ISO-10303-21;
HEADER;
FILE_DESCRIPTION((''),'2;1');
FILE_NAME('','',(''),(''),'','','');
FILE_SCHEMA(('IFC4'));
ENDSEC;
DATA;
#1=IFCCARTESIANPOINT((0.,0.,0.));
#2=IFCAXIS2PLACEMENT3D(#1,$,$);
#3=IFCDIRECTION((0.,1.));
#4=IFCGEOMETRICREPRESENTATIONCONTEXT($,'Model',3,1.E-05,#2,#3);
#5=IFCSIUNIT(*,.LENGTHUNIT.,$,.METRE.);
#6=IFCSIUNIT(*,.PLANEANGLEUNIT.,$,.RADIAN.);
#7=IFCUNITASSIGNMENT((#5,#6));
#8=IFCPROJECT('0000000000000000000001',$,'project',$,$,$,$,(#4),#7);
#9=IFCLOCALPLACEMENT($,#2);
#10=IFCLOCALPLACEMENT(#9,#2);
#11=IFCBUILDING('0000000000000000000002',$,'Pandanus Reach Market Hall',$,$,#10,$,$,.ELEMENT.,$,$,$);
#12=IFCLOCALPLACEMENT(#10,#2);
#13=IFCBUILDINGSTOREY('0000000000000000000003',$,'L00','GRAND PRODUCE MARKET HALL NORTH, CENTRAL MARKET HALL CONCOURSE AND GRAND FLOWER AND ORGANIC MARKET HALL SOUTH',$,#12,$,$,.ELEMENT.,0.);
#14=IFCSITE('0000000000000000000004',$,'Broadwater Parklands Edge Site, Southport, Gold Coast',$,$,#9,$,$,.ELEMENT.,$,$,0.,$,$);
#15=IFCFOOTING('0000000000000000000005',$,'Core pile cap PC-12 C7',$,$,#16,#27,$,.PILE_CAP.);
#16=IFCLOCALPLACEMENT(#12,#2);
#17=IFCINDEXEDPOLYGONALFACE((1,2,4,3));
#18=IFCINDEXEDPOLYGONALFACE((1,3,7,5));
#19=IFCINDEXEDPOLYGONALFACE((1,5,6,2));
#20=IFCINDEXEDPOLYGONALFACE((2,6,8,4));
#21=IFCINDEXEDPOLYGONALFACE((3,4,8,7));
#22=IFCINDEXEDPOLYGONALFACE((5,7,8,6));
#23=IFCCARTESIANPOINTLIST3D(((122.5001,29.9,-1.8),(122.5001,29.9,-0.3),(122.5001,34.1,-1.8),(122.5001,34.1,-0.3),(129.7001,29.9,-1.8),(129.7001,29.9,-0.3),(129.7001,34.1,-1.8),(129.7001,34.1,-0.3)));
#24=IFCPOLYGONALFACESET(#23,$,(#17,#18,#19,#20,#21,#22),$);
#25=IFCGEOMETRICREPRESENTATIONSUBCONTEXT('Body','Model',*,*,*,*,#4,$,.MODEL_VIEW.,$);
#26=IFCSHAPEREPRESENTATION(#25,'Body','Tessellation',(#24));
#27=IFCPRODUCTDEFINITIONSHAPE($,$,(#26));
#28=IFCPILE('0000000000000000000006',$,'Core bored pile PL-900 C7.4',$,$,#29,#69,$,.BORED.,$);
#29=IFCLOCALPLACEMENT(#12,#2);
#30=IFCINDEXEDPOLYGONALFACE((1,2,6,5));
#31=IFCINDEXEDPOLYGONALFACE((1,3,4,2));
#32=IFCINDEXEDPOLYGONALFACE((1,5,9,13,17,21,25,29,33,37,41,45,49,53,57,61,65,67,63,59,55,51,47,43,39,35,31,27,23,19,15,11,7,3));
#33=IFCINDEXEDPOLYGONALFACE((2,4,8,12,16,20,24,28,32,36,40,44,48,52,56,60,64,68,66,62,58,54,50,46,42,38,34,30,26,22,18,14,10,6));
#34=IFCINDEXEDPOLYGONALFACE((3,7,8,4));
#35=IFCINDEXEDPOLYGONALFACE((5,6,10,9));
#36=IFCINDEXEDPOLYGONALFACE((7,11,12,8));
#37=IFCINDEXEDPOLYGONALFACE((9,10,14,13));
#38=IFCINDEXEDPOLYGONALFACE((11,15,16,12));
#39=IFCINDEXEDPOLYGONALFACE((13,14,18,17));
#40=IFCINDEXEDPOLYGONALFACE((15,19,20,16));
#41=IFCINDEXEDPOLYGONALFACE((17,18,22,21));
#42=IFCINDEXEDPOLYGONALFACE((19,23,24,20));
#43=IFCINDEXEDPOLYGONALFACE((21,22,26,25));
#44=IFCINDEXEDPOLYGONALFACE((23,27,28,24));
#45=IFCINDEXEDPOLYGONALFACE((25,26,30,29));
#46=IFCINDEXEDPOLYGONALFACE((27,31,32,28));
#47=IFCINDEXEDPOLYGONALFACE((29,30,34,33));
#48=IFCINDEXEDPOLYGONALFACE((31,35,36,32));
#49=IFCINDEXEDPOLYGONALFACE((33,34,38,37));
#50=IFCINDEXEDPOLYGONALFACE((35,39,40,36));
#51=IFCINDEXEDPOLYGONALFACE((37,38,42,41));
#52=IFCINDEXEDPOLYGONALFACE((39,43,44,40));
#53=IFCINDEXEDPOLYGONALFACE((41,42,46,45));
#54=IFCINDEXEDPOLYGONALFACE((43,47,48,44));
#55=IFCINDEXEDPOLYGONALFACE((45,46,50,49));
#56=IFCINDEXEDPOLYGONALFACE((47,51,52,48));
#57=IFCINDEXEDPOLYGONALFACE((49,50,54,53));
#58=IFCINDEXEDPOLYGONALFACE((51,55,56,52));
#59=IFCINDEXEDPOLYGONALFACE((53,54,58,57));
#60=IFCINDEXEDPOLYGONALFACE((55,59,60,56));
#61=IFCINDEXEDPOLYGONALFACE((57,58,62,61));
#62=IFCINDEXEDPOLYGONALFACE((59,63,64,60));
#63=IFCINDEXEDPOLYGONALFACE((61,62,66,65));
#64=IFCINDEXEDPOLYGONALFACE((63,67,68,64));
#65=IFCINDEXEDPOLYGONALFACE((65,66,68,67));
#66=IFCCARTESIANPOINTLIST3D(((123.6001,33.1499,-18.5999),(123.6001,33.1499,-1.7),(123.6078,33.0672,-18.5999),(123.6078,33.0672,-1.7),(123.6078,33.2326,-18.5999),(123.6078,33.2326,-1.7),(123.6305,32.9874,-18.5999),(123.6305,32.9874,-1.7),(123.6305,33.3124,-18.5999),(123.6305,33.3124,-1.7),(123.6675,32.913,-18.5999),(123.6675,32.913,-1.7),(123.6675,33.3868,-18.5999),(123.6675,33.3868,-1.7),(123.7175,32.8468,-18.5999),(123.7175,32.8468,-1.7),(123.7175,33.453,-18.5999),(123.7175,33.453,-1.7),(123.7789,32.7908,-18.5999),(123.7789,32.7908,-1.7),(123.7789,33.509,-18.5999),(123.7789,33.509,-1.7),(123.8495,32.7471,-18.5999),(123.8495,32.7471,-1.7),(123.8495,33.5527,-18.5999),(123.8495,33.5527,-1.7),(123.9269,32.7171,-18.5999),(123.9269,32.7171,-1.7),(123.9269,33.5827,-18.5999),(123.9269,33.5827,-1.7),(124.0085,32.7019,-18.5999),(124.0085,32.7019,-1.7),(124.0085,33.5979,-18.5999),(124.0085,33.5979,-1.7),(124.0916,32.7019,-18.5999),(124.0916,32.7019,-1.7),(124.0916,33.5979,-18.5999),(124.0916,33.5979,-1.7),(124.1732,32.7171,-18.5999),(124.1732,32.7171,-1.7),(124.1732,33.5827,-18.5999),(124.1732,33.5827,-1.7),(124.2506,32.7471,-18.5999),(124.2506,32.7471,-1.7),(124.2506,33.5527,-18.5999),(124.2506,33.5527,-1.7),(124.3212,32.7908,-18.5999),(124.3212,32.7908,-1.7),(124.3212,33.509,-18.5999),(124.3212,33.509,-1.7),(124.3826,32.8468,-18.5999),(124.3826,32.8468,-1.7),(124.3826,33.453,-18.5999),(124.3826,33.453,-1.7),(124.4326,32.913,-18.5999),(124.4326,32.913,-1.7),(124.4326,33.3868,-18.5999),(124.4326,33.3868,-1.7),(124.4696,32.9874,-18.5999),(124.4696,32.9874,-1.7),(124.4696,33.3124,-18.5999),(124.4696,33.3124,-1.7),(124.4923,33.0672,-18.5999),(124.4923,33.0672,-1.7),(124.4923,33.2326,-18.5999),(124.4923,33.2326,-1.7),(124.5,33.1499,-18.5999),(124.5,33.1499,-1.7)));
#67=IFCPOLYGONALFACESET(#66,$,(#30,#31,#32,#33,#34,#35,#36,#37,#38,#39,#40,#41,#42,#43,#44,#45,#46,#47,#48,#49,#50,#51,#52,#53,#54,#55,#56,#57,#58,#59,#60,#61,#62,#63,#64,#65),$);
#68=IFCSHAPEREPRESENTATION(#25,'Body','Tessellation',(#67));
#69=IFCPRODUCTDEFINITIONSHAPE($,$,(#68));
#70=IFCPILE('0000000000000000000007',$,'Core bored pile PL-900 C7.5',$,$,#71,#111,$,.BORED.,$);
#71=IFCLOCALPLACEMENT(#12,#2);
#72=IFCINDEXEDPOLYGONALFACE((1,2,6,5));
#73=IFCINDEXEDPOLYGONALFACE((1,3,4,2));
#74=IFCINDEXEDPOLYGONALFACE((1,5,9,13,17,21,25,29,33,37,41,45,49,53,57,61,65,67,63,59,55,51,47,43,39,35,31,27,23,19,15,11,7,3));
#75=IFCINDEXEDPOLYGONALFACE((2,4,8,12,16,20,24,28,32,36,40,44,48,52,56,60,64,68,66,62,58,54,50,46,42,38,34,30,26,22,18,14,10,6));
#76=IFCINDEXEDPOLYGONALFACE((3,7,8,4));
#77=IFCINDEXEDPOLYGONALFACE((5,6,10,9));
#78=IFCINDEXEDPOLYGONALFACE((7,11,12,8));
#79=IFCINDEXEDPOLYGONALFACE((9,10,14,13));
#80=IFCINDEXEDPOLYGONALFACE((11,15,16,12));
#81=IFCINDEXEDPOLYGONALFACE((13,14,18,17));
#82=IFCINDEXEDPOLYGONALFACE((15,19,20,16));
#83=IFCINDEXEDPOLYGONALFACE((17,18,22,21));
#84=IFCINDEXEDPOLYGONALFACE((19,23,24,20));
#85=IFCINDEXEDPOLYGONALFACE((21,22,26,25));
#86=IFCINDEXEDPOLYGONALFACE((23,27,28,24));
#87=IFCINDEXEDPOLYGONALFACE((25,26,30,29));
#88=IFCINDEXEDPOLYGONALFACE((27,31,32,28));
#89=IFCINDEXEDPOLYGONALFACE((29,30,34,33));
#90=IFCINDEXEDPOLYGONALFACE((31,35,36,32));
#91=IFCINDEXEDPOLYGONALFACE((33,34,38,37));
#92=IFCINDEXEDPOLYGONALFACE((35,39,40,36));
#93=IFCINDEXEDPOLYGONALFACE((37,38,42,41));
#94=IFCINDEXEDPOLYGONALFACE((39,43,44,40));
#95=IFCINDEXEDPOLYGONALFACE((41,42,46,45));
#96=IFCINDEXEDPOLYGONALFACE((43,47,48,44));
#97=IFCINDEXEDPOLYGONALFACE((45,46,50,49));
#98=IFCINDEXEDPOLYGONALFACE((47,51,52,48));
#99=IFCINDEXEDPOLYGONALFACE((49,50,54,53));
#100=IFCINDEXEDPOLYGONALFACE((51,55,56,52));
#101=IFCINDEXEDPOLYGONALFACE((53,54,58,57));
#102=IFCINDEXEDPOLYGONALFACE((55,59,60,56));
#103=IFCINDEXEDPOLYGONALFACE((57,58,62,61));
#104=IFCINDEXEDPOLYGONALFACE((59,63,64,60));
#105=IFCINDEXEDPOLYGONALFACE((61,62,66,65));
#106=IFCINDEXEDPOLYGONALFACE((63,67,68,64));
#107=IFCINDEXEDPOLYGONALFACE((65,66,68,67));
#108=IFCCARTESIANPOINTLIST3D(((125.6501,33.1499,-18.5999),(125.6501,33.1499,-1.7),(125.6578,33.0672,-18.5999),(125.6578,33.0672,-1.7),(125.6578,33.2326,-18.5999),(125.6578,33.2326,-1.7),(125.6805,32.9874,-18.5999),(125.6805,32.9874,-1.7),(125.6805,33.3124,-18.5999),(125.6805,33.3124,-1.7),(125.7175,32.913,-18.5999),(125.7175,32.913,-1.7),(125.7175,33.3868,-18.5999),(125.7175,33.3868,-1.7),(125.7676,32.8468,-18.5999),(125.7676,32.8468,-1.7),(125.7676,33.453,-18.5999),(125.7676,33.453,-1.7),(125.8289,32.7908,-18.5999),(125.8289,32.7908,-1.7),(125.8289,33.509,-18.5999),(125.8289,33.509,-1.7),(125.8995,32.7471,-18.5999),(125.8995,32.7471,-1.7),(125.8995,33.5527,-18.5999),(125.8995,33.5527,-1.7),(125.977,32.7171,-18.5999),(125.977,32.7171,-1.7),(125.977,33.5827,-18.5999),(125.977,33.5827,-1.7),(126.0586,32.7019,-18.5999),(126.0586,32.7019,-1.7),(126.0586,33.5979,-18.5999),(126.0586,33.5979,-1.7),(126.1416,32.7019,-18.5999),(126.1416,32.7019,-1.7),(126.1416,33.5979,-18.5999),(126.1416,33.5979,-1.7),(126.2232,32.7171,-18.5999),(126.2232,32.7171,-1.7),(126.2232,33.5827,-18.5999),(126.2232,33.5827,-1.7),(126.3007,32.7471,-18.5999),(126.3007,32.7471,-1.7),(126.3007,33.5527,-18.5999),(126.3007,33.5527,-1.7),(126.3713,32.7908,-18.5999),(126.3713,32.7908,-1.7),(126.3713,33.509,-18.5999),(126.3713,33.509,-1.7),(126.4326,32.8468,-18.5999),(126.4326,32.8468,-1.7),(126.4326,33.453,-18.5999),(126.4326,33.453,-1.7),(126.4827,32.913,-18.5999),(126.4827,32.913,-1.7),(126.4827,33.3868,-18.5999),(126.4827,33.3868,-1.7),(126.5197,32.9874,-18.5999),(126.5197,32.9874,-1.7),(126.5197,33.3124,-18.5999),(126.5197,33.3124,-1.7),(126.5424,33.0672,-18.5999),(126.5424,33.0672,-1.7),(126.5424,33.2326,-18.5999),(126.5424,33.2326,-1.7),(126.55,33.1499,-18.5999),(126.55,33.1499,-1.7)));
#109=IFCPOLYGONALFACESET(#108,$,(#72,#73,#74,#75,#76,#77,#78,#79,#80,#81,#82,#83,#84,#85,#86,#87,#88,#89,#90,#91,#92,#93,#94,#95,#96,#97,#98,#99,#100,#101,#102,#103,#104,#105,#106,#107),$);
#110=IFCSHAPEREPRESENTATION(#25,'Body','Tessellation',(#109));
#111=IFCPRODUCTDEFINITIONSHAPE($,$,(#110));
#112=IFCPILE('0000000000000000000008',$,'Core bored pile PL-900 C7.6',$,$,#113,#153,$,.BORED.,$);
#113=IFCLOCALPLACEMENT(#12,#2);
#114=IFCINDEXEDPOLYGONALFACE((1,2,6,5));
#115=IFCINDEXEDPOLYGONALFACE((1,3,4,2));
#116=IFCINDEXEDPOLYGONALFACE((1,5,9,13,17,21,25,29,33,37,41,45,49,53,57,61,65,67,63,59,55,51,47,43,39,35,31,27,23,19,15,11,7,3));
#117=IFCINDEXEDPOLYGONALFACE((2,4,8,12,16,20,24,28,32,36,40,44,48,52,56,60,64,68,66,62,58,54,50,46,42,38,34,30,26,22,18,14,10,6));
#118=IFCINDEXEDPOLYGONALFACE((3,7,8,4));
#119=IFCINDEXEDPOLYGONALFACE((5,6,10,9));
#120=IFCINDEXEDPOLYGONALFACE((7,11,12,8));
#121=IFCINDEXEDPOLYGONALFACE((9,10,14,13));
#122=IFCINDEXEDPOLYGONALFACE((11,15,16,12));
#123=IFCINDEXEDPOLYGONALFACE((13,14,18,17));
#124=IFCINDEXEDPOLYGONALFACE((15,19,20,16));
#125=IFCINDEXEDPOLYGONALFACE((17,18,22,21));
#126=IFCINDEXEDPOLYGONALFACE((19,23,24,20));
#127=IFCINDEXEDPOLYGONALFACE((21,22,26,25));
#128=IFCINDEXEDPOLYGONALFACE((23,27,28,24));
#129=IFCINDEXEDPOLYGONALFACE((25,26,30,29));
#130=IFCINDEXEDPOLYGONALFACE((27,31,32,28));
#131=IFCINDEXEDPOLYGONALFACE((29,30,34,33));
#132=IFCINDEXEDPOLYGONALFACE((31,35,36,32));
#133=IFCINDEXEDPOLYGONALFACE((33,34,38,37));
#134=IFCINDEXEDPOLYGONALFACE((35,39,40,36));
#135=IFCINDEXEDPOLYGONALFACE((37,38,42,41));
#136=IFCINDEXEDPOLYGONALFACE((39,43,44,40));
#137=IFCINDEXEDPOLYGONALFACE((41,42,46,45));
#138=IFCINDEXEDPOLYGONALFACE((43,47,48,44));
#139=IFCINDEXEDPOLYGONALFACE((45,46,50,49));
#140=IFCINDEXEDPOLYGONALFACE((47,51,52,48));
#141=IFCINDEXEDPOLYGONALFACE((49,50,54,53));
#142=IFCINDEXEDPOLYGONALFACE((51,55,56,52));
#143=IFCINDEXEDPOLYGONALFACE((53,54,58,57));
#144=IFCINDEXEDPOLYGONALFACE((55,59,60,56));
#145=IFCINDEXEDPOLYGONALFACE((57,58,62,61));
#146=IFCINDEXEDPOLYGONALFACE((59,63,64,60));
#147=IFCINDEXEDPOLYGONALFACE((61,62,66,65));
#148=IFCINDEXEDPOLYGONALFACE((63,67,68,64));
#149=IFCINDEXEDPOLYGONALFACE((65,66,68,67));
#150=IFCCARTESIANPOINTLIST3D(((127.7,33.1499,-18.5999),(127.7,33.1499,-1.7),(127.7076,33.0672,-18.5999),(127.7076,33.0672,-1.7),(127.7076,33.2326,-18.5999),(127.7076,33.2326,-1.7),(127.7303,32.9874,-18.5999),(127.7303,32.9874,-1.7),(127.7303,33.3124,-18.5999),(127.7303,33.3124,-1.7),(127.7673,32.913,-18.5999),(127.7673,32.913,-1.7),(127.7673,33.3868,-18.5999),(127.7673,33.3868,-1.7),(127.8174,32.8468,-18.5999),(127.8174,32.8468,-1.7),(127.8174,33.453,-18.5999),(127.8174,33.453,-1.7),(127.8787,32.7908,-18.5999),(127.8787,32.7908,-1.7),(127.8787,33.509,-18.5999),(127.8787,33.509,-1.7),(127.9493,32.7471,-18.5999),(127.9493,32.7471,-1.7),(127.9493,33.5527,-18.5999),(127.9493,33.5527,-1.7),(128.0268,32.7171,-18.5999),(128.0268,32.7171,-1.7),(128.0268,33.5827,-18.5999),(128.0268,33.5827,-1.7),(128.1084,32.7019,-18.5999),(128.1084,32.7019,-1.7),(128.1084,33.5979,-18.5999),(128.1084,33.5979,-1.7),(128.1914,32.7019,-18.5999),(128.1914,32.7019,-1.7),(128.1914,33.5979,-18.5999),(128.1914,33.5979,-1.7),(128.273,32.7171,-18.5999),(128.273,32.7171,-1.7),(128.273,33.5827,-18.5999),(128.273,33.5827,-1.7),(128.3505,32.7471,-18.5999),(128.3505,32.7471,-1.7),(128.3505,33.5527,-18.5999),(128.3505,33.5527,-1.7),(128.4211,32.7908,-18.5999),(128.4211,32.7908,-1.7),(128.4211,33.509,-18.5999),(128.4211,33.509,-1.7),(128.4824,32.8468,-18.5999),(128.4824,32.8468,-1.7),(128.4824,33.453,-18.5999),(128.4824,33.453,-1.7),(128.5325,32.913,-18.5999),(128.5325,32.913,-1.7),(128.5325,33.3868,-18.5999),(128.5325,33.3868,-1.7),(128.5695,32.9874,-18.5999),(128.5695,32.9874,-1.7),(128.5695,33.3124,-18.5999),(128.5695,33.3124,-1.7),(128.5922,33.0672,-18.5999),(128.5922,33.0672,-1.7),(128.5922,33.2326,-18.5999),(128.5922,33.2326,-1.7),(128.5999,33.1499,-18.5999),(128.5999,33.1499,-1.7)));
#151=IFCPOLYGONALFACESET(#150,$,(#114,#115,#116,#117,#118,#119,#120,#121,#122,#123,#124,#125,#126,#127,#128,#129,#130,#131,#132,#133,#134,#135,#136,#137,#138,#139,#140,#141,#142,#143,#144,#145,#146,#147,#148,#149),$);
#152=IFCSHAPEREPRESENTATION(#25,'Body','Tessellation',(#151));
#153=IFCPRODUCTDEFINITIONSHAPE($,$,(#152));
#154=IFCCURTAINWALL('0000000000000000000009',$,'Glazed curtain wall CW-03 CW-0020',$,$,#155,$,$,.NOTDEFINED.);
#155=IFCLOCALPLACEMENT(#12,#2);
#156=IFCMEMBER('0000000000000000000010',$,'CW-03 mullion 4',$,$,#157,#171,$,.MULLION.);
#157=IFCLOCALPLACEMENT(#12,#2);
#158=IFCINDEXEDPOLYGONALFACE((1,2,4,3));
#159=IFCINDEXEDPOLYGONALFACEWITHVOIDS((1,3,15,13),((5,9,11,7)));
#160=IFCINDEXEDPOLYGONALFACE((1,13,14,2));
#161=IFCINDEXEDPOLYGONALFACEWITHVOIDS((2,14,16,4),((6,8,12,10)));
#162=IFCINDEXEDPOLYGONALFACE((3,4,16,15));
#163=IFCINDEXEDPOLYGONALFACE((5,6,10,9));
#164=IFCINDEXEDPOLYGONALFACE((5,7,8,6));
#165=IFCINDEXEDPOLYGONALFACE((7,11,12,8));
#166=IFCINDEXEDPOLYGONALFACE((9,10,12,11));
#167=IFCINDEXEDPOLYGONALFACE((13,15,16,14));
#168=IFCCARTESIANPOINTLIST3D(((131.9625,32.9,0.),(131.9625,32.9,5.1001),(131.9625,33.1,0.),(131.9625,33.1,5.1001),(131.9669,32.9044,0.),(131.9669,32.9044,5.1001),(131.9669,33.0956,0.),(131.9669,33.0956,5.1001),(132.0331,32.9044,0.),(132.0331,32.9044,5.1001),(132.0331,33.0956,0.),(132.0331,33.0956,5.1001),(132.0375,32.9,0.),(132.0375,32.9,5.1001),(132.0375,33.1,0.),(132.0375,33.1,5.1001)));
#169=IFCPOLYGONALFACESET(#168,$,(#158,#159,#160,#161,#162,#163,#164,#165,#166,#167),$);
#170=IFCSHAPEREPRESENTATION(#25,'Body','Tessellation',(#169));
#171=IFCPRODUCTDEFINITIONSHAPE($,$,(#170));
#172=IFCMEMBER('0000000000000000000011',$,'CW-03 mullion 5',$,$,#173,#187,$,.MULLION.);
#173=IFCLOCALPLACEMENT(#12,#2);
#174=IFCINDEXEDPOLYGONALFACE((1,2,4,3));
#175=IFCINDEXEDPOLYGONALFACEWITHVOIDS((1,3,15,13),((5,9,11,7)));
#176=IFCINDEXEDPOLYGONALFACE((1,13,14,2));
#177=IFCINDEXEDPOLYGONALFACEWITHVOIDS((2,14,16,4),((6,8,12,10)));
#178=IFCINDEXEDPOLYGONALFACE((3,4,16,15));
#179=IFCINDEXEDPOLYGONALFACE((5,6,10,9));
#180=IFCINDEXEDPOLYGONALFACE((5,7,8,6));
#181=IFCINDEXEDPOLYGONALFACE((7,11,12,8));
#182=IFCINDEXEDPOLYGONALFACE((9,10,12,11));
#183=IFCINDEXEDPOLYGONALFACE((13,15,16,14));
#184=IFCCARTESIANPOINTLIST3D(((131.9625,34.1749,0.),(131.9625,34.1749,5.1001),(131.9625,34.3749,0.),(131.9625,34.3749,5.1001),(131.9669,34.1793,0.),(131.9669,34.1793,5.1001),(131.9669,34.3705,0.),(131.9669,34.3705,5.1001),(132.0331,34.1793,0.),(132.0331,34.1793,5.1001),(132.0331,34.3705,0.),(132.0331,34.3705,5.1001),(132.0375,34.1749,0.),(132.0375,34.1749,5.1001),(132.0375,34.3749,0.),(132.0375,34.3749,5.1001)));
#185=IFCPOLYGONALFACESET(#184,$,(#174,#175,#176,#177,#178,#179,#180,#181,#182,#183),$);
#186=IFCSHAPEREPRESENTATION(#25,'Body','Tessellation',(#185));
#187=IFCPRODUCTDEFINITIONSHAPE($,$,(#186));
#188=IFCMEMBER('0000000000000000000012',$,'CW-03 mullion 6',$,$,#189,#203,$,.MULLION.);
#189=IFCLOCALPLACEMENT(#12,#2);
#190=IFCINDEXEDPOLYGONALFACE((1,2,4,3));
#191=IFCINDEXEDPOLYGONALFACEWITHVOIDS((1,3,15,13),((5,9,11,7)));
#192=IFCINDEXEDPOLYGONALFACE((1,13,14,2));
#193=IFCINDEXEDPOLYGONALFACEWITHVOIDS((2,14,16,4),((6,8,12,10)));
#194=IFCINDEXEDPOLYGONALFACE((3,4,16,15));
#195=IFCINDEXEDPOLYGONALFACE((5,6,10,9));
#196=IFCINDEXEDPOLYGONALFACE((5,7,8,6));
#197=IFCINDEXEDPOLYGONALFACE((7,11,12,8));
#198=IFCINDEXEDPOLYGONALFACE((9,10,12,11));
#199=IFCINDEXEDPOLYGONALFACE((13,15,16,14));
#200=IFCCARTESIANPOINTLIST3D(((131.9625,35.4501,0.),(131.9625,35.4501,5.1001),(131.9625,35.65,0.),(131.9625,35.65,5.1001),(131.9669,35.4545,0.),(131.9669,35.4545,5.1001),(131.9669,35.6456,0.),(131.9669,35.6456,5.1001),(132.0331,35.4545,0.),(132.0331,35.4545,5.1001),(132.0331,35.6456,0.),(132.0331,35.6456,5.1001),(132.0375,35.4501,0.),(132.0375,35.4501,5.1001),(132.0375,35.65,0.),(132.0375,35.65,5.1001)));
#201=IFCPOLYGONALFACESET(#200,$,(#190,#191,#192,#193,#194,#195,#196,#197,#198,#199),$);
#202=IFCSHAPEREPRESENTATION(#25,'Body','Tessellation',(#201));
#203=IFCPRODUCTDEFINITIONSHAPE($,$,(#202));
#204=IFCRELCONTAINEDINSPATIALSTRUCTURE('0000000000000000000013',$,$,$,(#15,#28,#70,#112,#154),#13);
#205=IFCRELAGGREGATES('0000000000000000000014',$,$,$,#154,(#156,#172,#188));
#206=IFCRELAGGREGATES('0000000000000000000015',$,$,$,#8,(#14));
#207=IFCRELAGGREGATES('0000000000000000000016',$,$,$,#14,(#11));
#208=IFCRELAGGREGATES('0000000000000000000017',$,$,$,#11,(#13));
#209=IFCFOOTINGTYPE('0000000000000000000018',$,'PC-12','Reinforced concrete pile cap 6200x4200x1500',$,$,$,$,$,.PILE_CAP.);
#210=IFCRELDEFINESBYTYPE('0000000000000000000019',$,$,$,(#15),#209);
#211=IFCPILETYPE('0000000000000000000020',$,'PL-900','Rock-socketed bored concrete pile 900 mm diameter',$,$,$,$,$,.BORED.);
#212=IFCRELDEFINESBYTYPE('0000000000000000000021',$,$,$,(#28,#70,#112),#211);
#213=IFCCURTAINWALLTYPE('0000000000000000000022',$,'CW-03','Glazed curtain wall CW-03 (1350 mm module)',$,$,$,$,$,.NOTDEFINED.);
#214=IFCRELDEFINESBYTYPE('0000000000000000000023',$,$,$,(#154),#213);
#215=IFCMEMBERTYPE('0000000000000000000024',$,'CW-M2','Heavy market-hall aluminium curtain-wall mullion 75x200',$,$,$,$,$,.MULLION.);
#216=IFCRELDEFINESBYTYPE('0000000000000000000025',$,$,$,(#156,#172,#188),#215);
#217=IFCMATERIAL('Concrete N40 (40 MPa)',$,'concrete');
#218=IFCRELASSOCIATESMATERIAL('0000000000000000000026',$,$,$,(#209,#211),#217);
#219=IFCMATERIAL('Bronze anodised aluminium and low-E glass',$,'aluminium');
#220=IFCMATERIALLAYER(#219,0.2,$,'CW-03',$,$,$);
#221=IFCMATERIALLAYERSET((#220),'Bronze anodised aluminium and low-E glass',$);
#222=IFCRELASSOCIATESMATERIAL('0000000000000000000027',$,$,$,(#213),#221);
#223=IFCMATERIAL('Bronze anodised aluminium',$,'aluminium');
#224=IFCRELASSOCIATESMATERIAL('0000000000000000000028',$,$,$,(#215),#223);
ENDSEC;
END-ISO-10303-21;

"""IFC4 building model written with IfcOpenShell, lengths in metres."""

from ifc_helpers import new_model, si_unit, direction, frame, origin, origin_2d, place, context, subcontext, project, spatial, rectangle, hollow_rectangle, circle, extrude, material, layer, layer_set, material_profile, profile_set, type_object, element, aggregate, save


model = new_model("IFC4")

# Units and contexts
model_context = context("Model", 3, precision=1e-05, world=origin(), true_north=direction((0.0, 1.0)))
body_context = subcontext(model_context, "Body", "Model", "MODEL_VIEW")
ifc_project = project(units=[si_unit("LENGTHUNIT", "METRE"), si_unit("PLANEANGLEUNIT", "RADIAN")], contexts=[model_context])

# Site, building, storey
site_placement = place(None, origin())
site = spatial("IfcSite", under=ifc_project, at=site_placement, Name="Broadwater Parklands Edge Site, Southport, Gold Coast", CompositionType="ELEMENT", RefElevation=0.0)
building_placement = place(site_placement, origin())
building = spatial("IfcBuilding", under=site, at=building_placement, Name="Pandanus Reach Market Hall", CompositionType="ELEMENT")
storey_placement = place(building_placement, origin())
storey = spatial("IfcBuildingStorey", under=building, at=storey_placement, Name="L00", Description="GRAND PRODUCE MARKET HALL NORTH, CENTRAL MARKET HALL CONCOURSE AND GRAND FLOWER AND ORGANIC MARKET HALL SOUTH", CompositionType="ELEMENT", Elevation=0.0)

# Footing
ifc_material_1 = material(Name="Concrete N40 (40 MPa)", Category="concrete")
footing_type = type_object("IfcFootingType", Name="PC-12", Description="Reinforced concrete pile cap 6200x4200x1500", PredefinedType="PILE_CAP", material=ifc_material_1)
footing_placement = place(storey_placement, frame((126.1001, 32.0, -1.8), z_axis=(0.0, 0.0, 1.0), x_axis=(1.0, 0.0, 0.0)))
element("IfcFooting", 1, at=footing_placement, inside=storey, type_object=footing_type, Name="Core pile cap PC-12 C7", PredefinedType="PILE_CAP", context=body_context, shape_type="SweptSolid", body=[
    extrude(rectangle(XDim=7.2, YDim=4.2, at=origin_2d()), origin(), (0.0, 0.0, 1.0), 1.5),
])

# Piles
ifc_material_profile_1 = material_profile(ifc_material_1, circle(Radius=0.45, at=origin_2d()), Name="PILE-900D", Category="LoadBearing")
ifc_profile_set_1 = profile_set([ifc_material_profile_1], Name="Concrete N40 (40 MPa)")
pile_type = type_object("IfcPileType", Name="PL-900", Description="Rock-socketed bored concrete pile 900 mm diameter", PredefinedType="BORED", material=ifc_profile_set_1)
for number, where, z_axis, x_axis, name in (
    (2, (124.05, 33.1499, -1.7), (0.0, 0.0, -1.0), (1.0, 0.0, 0.0), "Core bored pile PL-900 C7.4"),
    (3, (126.1001, 33.1499, -1.7), (0.0, 0.0, -1.0), (1.0, 0.0, 0.0), "Core bored pile PL-900 C7.5"),
    (4, (128.1499, 33.1499, -1.7), (0.0, 0.0, -1.0), (1.0, 0.0, 0.0), "Core bored pile PL-900 C7.6"),
):
    element("IfcPile", number, at=place(storey_placement, frame(where, z_axis=z_axis, x_axis=x_axis)), inside=storey, type_object=pile_type, Name=name, PredefinedType="BORED", context=body_context, shape_type="SweptSolid", body=[
        extrude(circle(Radius=0.45, at=origin_2d()), origin(), (0.0, 0.0, 1.0), 16.8999),
    ])

# Curtain wall, members
ifc_material_2 = material(Name="Bronze anodised aluminium and low-E glass", Category="aluminium")
ifc_layer_1 = layer(ifc_material_2, 0.2, Name="CW-03")
ifc_layer_set_1 = layer_set([ifc_layer_1], Name="Bronze anodised aluminium and low-E glass")
curtain_wall_type = type_object("IfcCurtainWallType", Name="CW-03", Description="Glazed curtain wall CW-03 (1350 mm module)", PredefinedType="NOTDEFINED", material=ifc_layer_set_1)
curtain_wall_placement = place(storey_placement, origin())
curtain_wall = element("IfcCurtainWall", 5, at=curtain_wall_placement, inside=storey, type_object=curtain_wall_type, Name="Glazed curtain wall CW-03 CW-0020", PredefinedType="NOTDEFINED")
ifc_material_3 = material(Name="Bronze anodised aluminium", Category="aluminium")
ifc_material_profile_2 = material_profile(ifc_material_3, hollow_rectangle(XDim=0.075, YDim=0.2, WallThickness=0.0044, at=origin_2d()), Name="ALU75x200", Category="LoadBearing")
ifc_profile_set_2 = profile_set([ifc_material_profile_2], Name="Bronze anodised aluminium")
member_type_1 = type_object("IfcMemberType", Name="CW-M2", Description="Heavy market-hall aluminium curtain-wall mullion 75x200", PredefinedType="MULLION", material=ifc_profile_set_2)
member_1_placement = place(storey_placement, frame((132.0, 33.0, 0.0), z_axis=(0.0, 0.0, 1.0), x_axis=(-1.0, 0.0, 0.0)))
member_1 = element("IfcMember", 6, at=member_1_placement, type_object=member_type_1, Name="CW-03 mullion 4", PredefinedType="MULLION", context=body_context, shape_type="SweptSolid", body=[
    extrude(hollow_rectangle(XDim=0.075, YDim=0.2, WallThickness=0.0044, at=origin_2d()), origin(), (0.0, 0.0, 1.0), 5.1001),
])
member_2_placement = place(storey_placement, frame((132.0, 34.2749, 0.0), z_axis=(0.0, 0.0, 1.0), x_axis=(-1.0, 0.0, 0.0)))
member_2 = element("IfcMember", 7, at=member_2_placement, type_object=member_type_1, Name="CW-03 mullion 5", PredefinedType="MULLION", context=body_context, shape_type="SweptSolid", body=[
    extrude(hollow_rectangle(XDim=0.075, YDim=0.2, WallThickness=0.0044, at=origin_2d()), origin(), (0.0, 0.0, 1.0), 5.1001),
])
member_3_placement = place(storey_placement, frame((132.0, 35.55, 0.0), z_axis=(0.0, 0.0, 1.0), x_axis=(-1.0, 0.0, 0.0)))
member_3 = element("IfcMember", 8, at=member_3_placement, type_object=member_type_1, Name="CW-03 mullion 6", PredefinedType="MULLION", context=body_context, shape_type="SweptSolid", body=[
    extrude(hollow_rectangle(XDim=0.075, YDim=0.2, WallThickness=0.0044, at=origin_2d()), origin(), (0.0, 0.0, 1.0), 5.1001),
])
aggregate(curtain_wall, [member_1, member_2, member_3])

save(model, "model.ifc")
